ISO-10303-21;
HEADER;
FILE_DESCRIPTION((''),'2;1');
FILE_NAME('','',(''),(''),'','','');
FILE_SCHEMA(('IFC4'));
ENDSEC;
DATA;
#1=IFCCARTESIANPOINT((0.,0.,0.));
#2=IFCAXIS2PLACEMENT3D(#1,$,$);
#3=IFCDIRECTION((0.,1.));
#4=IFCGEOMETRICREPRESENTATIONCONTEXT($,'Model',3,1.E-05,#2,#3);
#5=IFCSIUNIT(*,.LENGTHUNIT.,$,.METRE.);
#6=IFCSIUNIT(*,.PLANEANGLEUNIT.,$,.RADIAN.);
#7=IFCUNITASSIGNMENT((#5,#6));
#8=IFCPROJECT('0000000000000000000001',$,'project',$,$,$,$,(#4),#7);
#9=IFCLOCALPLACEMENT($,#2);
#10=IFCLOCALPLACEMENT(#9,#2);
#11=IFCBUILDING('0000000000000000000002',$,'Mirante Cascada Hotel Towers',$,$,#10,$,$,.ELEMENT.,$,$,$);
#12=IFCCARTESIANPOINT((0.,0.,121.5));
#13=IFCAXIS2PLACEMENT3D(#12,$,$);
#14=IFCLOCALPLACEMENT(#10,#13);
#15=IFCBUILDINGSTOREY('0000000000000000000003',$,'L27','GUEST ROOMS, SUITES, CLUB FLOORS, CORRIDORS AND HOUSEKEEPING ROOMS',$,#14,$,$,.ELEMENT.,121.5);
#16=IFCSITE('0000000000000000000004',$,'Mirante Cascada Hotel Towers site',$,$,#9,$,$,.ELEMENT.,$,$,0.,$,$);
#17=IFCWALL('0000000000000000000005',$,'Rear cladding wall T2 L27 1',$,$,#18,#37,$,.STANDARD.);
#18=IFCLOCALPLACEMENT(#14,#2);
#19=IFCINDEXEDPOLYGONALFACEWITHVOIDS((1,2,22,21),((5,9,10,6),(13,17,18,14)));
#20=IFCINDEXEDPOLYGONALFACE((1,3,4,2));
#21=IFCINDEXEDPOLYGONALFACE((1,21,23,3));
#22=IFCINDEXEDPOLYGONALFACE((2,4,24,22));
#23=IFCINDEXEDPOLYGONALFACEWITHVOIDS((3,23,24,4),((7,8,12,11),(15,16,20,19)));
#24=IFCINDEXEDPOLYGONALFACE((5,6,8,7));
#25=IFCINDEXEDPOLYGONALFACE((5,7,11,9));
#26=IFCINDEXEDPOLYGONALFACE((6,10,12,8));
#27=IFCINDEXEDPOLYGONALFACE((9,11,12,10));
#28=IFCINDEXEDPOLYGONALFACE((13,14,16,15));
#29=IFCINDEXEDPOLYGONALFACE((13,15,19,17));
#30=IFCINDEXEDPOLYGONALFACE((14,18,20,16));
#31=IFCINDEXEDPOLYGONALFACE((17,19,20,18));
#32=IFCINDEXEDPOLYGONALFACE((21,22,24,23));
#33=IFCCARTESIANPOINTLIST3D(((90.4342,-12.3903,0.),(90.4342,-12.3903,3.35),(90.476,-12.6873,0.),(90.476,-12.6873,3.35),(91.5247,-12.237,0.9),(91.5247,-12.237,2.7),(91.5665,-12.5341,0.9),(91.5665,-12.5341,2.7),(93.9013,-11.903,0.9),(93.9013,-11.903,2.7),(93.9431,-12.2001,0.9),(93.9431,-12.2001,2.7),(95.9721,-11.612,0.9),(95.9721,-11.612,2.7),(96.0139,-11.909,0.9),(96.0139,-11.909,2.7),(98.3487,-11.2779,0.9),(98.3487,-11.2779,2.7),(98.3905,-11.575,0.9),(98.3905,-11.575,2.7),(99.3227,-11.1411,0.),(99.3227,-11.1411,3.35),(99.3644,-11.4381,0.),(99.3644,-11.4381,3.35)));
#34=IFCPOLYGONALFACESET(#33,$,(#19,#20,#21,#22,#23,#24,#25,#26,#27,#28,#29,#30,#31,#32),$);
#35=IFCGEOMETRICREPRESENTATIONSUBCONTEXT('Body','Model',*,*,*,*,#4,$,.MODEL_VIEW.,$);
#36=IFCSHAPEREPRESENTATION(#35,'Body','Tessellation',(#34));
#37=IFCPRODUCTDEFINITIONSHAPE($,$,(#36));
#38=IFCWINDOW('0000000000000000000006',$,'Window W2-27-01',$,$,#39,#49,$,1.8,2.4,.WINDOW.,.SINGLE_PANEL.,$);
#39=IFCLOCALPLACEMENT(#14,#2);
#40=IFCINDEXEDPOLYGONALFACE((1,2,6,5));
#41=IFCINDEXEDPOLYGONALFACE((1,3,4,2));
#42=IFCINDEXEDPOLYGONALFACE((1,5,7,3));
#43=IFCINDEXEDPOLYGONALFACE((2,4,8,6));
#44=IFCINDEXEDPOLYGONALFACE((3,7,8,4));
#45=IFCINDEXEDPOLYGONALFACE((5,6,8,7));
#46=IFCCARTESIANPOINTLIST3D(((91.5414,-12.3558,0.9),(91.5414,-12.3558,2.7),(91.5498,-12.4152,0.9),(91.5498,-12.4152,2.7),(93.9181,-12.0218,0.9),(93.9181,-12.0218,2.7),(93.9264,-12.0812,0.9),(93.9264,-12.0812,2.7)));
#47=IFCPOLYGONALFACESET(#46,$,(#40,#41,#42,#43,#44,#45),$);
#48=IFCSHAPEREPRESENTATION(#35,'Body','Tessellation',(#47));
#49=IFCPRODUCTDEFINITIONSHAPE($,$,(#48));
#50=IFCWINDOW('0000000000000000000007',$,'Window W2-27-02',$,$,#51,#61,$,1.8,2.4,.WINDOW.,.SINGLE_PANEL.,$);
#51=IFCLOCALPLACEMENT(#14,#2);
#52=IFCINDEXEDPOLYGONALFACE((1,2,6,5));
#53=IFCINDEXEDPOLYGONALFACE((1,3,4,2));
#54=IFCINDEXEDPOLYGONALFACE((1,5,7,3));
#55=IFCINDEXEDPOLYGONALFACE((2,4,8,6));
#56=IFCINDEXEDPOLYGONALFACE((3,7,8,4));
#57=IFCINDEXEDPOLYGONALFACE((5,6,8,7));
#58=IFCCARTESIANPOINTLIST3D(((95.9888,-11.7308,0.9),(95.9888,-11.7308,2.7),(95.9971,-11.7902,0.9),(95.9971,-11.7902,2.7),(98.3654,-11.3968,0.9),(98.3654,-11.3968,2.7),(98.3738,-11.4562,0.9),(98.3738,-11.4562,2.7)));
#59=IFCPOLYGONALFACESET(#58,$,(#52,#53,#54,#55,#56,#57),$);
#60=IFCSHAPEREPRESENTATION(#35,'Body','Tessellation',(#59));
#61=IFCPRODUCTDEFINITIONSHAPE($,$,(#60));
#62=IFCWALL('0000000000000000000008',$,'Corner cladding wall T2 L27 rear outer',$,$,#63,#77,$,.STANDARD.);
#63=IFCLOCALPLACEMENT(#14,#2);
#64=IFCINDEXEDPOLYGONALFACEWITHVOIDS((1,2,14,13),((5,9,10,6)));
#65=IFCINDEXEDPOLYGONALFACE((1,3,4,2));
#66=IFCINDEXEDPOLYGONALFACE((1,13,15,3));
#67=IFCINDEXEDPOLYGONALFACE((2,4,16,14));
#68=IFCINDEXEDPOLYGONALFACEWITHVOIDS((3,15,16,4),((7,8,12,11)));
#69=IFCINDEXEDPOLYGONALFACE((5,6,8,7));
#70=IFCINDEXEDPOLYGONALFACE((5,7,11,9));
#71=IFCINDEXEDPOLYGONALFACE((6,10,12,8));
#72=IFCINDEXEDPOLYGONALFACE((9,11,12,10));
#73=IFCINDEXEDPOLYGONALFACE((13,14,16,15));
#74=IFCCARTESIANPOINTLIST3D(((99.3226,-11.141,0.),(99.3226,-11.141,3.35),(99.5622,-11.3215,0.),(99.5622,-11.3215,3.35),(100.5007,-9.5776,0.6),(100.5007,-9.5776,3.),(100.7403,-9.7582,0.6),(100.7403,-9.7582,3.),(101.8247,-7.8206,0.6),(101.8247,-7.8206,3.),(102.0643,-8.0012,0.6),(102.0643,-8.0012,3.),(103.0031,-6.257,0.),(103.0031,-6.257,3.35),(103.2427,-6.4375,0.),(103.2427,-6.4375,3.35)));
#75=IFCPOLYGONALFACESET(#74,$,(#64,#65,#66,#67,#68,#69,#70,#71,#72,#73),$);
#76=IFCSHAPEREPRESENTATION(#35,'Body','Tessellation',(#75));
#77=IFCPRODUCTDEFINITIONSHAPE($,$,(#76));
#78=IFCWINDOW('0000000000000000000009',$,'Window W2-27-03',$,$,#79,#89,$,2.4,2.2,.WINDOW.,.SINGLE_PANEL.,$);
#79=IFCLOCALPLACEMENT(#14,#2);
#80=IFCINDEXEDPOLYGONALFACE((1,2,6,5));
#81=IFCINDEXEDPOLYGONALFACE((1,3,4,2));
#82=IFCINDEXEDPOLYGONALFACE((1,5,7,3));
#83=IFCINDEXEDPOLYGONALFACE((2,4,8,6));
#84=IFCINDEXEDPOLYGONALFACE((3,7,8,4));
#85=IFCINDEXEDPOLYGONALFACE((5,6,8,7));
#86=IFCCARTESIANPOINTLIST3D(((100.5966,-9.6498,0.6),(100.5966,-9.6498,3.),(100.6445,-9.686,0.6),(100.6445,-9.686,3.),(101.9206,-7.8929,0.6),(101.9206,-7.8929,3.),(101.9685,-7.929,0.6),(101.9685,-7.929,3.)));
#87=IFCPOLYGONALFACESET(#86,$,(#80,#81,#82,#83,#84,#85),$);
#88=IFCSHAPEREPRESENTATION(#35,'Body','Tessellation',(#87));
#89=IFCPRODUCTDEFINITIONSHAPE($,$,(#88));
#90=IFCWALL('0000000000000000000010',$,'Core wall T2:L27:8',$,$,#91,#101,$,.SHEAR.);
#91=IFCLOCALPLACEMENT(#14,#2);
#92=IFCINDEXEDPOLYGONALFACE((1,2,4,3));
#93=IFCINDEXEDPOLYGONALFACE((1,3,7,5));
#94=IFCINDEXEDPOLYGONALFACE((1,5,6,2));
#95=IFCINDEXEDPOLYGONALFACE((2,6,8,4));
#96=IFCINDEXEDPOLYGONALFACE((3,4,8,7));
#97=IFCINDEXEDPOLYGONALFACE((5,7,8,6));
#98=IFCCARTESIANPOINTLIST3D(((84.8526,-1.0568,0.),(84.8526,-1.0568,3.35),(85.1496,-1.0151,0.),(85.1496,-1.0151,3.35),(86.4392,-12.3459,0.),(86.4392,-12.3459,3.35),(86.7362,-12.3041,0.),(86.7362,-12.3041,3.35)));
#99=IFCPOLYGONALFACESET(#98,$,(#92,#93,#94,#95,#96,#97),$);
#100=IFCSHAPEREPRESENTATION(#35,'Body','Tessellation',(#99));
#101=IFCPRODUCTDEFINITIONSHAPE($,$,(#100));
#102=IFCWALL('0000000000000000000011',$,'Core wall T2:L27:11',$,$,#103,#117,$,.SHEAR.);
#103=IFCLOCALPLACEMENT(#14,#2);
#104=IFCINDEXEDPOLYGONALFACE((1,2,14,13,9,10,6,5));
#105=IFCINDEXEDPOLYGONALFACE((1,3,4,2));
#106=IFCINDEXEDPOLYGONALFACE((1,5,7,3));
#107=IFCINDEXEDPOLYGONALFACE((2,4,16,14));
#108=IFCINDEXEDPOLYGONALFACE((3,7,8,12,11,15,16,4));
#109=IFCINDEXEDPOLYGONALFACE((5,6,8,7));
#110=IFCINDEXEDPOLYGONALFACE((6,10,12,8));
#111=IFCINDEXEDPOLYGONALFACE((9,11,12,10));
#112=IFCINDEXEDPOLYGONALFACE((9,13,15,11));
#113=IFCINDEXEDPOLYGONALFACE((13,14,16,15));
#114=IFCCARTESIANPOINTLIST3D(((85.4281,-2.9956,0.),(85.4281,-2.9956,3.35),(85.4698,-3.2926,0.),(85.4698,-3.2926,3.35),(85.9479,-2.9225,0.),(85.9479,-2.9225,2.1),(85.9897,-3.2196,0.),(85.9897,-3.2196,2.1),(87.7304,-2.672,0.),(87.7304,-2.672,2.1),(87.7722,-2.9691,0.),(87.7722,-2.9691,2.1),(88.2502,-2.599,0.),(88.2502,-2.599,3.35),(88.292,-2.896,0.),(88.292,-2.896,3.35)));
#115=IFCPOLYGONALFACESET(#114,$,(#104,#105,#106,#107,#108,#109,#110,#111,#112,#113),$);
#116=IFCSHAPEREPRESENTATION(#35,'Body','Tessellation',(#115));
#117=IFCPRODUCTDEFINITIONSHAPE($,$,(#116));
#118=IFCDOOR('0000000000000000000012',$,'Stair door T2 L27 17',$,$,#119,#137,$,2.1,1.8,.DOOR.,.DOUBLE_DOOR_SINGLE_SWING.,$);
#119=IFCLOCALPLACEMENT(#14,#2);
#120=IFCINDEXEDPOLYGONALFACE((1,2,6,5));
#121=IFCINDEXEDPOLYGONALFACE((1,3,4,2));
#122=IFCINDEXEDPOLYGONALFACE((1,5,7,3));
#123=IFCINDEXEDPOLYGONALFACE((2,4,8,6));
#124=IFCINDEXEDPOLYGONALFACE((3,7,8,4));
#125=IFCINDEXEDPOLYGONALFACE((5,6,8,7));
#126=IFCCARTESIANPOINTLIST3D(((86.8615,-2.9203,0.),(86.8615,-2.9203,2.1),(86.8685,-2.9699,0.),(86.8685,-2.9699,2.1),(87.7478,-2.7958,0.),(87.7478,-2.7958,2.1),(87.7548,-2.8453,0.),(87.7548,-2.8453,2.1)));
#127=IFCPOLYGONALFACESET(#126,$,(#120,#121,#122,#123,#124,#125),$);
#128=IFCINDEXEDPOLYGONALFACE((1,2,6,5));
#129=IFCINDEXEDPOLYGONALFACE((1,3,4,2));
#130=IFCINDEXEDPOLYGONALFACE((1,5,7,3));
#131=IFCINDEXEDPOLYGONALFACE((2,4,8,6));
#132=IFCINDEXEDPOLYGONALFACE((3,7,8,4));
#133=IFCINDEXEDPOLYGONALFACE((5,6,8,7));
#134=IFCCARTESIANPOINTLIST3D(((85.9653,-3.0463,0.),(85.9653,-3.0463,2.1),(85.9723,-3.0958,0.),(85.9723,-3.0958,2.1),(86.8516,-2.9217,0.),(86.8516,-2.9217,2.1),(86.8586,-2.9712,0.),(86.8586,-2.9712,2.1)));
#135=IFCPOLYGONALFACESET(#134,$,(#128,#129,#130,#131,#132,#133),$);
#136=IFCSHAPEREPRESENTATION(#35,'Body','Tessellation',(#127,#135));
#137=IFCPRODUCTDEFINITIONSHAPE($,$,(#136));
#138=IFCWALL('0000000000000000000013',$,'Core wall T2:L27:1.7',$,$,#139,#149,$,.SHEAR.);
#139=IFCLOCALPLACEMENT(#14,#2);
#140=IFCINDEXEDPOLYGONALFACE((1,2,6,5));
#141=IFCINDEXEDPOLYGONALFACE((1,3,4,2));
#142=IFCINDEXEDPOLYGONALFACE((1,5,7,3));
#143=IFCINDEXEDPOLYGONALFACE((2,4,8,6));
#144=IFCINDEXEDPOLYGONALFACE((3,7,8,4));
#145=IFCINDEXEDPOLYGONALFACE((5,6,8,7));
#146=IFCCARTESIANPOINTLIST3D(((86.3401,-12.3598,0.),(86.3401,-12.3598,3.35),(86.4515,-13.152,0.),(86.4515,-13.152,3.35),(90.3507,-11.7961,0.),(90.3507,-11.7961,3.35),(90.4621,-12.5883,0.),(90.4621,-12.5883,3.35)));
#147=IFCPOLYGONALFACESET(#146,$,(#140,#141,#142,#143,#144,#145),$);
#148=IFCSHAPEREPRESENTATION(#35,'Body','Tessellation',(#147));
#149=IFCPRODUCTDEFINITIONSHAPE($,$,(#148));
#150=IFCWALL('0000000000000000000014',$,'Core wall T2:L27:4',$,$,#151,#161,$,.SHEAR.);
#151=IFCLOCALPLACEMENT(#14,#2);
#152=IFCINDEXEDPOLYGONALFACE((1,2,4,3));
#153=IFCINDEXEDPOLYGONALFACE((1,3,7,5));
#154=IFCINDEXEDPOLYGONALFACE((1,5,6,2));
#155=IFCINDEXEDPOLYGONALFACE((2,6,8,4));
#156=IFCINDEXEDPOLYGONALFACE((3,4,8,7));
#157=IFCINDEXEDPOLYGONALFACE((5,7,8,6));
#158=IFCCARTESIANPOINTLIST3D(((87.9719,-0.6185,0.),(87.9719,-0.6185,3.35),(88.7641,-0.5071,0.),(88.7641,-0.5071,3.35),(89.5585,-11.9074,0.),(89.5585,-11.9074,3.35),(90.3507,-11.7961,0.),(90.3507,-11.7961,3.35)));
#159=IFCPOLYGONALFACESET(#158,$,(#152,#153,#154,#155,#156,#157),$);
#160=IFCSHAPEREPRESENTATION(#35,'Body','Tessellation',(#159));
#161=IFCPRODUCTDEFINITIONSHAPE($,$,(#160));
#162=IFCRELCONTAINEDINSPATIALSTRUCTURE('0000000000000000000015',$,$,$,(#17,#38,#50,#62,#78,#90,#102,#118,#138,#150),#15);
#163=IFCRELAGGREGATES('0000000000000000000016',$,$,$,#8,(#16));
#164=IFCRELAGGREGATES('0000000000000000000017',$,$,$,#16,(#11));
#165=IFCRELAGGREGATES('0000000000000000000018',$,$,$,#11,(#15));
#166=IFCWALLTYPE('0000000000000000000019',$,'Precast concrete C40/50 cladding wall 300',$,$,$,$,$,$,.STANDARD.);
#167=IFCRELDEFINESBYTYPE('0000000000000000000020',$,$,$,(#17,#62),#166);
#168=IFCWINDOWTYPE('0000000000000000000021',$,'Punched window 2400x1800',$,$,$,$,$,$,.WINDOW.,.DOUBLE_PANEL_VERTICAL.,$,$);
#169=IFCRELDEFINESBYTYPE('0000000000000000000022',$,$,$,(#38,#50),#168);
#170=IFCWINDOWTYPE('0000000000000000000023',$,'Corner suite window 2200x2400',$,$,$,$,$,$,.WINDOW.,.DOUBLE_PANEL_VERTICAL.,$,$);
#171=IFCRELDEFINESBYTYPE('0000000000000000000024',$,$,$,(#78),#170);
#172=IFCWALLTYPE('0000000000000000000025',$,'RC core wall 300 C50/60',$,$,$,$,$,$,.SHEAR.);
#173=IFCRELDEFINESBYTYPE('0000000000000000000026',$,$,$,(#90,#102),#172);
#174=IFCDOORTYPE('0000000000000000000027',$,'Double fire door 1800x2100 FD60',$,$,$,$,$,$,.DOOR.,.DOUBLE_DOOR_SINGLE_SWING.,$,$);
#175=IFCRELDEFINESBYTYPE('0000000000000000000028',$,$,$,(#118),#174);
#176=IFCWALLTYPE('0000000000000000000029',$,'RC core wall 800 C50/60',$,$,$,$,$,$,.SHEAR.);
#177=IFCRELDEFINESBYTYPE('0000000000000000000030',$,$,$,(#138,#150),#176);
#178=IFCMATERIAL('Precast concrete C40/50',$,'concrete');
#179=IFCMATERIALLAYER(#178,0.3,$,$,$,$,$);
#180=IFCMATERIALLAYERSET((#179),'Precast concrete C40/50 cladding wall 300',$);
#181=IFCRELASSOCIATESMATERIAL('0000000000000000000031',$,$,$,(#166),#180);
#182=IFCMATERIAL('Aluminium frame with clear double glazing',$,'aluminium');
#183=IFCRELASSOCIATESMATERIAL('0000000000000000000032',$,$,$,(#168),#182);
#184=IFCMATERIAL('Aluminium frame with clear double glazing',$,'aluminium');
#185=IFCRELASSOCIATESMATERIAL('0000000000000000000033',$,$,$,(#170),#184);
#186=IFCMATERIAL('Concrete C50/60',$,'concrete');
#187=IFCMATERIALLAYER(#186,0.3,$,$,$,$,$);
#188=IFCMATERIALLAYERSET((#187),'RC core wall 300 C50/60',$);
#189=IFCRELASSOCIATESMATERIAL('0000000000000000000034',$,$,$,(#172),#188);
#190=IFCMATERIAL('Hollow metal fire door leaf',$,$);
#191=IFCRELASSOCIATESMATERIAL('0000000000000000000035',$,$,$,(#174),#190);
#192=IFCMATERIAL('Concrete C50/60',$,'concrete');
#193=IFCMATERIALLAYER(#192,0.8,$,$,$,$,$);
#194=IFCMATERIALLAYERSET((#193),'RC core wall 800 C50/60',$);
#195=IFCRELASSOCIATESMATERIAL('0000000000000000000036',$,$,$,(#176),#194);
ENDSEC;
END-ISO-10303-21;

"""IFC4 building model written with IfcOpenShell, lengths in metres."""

from ifc_helpers import new_model, si_unit, direction, frame, frame_2d, origin, place, context, subcontext, project, spatial, rectangle, extrude, material, layer, layer_set, type_object, element, fill, save


model = new_model("IFC4")

# Units and contexts
model_context = context("Model", 3, precision=1e-05, world=origin(), true_north=direction((0.0, 1.0)))
body_context = subcontext(model_context, "Body", "Model", "MODEL_VIEW")
ifc_project = project(units=[si_unit("LENGTHUNIT", "METRE"), si_unit("PLANEANGLEUNIT", "RADIAN")], contexts=[model_context])

# Site, building, storey
site_placement = place(None, origin())
site = spatial("IfcSite", under=ifc_project, at=site_placement, Name="Mirante Cascada Hotel Towers site", CompositionType="ELEMENT", RefElevation=0.0)
building_placement = place(site_placement, origin())
building = spatial("IfcBuilding", under=site, at=building_placement, Name="Mirante Cascada Hotel Towers", CompositionType="ELEMENT")
storey_placement = place(building_placement, frame((0.0, 0.0, 121.5)))
storey = spatial("IfcBuildingStorey", under=building, at=storey_placement, Name="L27", Description="GUEST ROOMS, SUITES, CLUB FLOORS, CORRIDORS AND HOUSEKEEPING ROOMS", CompositionType="ELEMENT", Elevation=121.5)

# Wall, openings, windows
ifc_material_1 = material(Name="Precast concrete C40/50", Category="concrete")
ifc_layer_1 = layer(ifc_material_1, 0.3)
ifc_layer_set_1 = layer_set([ifc_layer_1], Name="Precast concrete C40/50 cladding wall 300")
wall_type_1 = type_object("IfcWallType", Name="Precast concrete C40/50 cladding wall 300", PredefinedType="STANDARD", material=ifc_layer_set_1)
wall_1_placement = place(storey_placement, frame((90.4551, -12.5388, 0.0), z_axis=(0.0, 0.0, 1.0), x_axis=(0.990268, 0.139175, 0.0)))
wall_1 = element("IfcWall", 1, at=wall_1_placement, inside=storey, type_object=wall_type_1, Name="Rear cladding wall T2 L27 1", PredefinedType="STANDARD", context=body_context, shape_type="SweptSolid", body=[
    extrude(rectangle(XDim=8.9758, YDim=0.3, at=frame_2d((4.4879, 0.0))), origin(), (0.0, 0.0, 1.0), 3.35),
])
opening_1_placement = place(wall_1_placement, frame((1.1012, 0.0, 0.9)))
opening_1 = element("IfcOpeningElement", 2, at=opening_1_placement, cuts=wall_1, PredefinedType="OPENING", context=body_context, shape_type="SweptSolid", body=[
    extrude(rectangle(XDim=2.4, YDim=1.8, at=frame_2d((1.2, 0.9))), frame((0.0, 0.15, 0.0), z_axis=(0.0, -1.0, 0.0), x_axis=(1.0, 0.0, 0.0)), (0.0, 0.0, 1.0), 0.3),
])
opening_2_placement = place(wall_1_placement, frame((5.5923, 0.0, 0.9)))
opening_2 = element("IfcOpeningElement", 3, at=opening_2_placement, cuts=wall_1, PredefinedType="OPENING", context=body_context, shape_type="SweptSolid", body=[
    extrude(rectangle(XDim=2.4, YDim=1.8, at=frame_2d((1.2, 0.9))), frame((0.0, 0.15, 0.0), z_axis=(0.0, -1.0, 0.0), x_axis=(1.0, 0.0, 0.0)), (0.0, 0.0, 1.0), 0.3),
])
ifc_material_2 = material(Name="Aluminium frame with clear double glazing", Category="aluminium")
window_type_1 = type_object("IfcWindowType", Name="Punched window 2400x1800", PartitioningType="DOUBLE_PANEL_VERTICAL", PredefinedType="WINDOW", material=ifc_material_2)
window_1_placement = place(opening_1_placement, origin())
window_1 = element("IfcWindow", 4, at=window_1_placement, inside=storey, type_object=window_type_1, Name="Window W2-27-01", OverallHeight=1.8, OverallWidth=2.4, PartitioningType="SINGLE_PANEL", PredefinedType="WINDOW", context=body_context, shape_type="SweptSolid", body=[
    extrude(rectangle(XDim=2.4, YDim=1.8, at=frame_2d((1.2, 0.9))), frame((0.0, 0.03, 0.0), z_axis=(0.0, -1.0, 0.0), x_axis=(1.0, 0.0, 0.0)), (0.0, 0.0, 1.0), 0.06),
])
fill(opening_1, window_1)
window_2_placement = place(opening_2_placement, origin())
window_2 = element("IfcWindow", 5, at=window_2_placement, inside=storey, type_object=window_type_1, Name="Window W2-27-02", OverallHeight=1.8, OverallWidth=2.4, PartitioningType="SINGLE_PANEL", PredefinedType="WINDOW", context=body_context, shape_type="SweptSolid", body=[
    extrude(rectangle(XDim=2.4, YDim=1.8, at=frame_2d((1.2, 0.9))), frame((0.0, 0.03, 0.0), z_axis=(0.0, -1.0, 0.0), x_axis=(1.0, 0.0, 0.0)), (0.0, 0.0, 1.0), 0.06),
])
fill(opening_2, window_2)

# Wall, opening, window
wall_2_placement = place(storey_placement, frame((99.4424, -11.2313, 0.0), z_axis=(0.0, 0.0, 1.0), x_axis=(0.601819, 0.798632, 0.0)))
wall_2 = element("IfcWall", 6, at=wall_2_placement, inside=storey, type_object=wall_type_1, Name="Corner cladding wall T2 L27 rear outer", PredefinedType="STANDARD", context=body_context, shape_type="SweptSolid", body=[
    extrude(rectangle(XDim=6.1155, YDim=0.3, at=frame_2d((3.0578, 0.0))), origin(), (0.0, 0.0, 1.0), 3.35),
])
opening_3_placement = place(wall_2_placement, frame((1.9576, 0.0, 0.6)))
opening_3 = element("IfcOpeningElement", 7, at=opening_3_placement, cuts=wall_2, PredefinedType="OPENING", context=body_context, shape_type="SweptSolid", body=[
    extrude(rectangle(XDim=2.2, YDim=2.4, at=frame_2d((1.1, 1.2))), frame((0.0, 0.15, 0.0), z_axis=(0.0, -1.0, 0.0), x_axis=(1.0, 0.0, 0.0)), (0.0, 0.0, 1.0), 0.3),
])
ifc_material_3 = material(Name="Aluminium frame with clear double glazing", Category="aluminium")
window_type_2 = type_object("IfcWindowType", Name="Corner suite window 2200x2400", PartitioningType="DOUBLE_PANEL_VERTICAL", PredefinedType="WINDOW", material=ifc_material_3)
window_3_placement = place(opening_3_placement, origin())
window_3 = element("IfcWindow", 8, at=window_3_placement, inside=storey, type_object=window_type_2, Name="Window W2-27-03", OverallHeight=2.4, OverallWidth=2.2, PartitioningType="SINGLE_PANEL", PredefinedType="WINDOW", context=body_context, shape_type="SweptSolid", body=[
    extrude(rectangle(XDim=2.2, YDim=2.4, at=frame_2d((1.1, 1.2))), frame((0.0, 0.03, 0.0), z_axis=(0.0, -1.0, 0.0), x_axis=(1.0, 0.0, 0.0)), (0.0, 0.0, 1.0), 0.06),
])
fill(opening_3, window_3)

# Wall
ifc_material_4 = material(Name="Concrete C50/60", Category="concrete")
ifc_layer_2 = layer(ifc_material_4, 0.3)
ifc_layer_set_2 = layer_set([ifc_layer_2], Name="RC core wall 300 C50/60")
wall_type_2 = type_object("IfcWallType", Name="RC core wall 300 C50/60", PredefinedType="SHEAR", material=ifc_layer_set_2)
wall_3_placement = place(storey_placement, frame((86.5877, -12.325, 0.0), z_axis=(0.0, 0.0, 1.0), x_axis=(-0.139175, 0.990268, 0.0)))
element("IfcWall", 9, at=wall_3_placement, inside=storey, type_object=wall_type_2, Name="Core wall T2:L27:8", PredefinedType="SHEAR", context=body_context, shape_type="SweptSolid", body=[
    extrude(rectangle(XDim=11.4, YDim=0.3, at=frame_2d((5.7, 0.0))), origin(), (0.0, 0.0, 1.0), 3.35),
])

# Wall, opening, door
wall_4_placement = place(storey_placement, frame((85.4489, -3.1441, 0.0), z_axis=(0.0, 0.0, 1.0), x_axis=(0.99027, 0.139161, 0.0)))
wall_4 = element("IfcWall", 10, at=wall_4_placement, inside=storey, type_object=wall_type_2, Name="Core wall T2:L27:11", PredefinedType="SHEAR", context=body_context, shape_type="SweptSolid", body=[
    extrude(rectangle(XDim=2.8499, YDim=0.3, at=frame_2d((1.425, 0.0))), origin(), (0.0, 0.0, 1.0), 3.35),
])
opening_4_placement = place(wall_4_placement, frame((0.525, 0.0, 0.0)))
opening_4 = element("IfcOpeningElement", 11, at=opening_4_placement, cuts=wall_4, PredefinedType="OPENING", context=body_context, shape_type="SweptSolid", body=[
    extrude(rectangle(XDim=1.8, YDim=2.1, at=frame_2d((0.9, 1.05))), frame((0.0, 0.15, 0.0), z_axis=(0.0, -1.0, 0.0), x_axis=(1.0, 0.0, 0.0)), (0.0, 0.0, 1.0), 0.3),
])
ifc_material_5 = material(Name="Hollow metal fire door leaf")
door_type_1 = type_object("IfcDoorType", Name="Double fire door 1800x2100 FD60", OperationType="DOUBLE_DOOR_SINGLE_SWING", PredefinedType="DOOR", material=ifc_material_5)
door_1_placement = place(opening_4_placement, frame((1.8, 0.0, 0.0), z_axis=(0.0, 0.0, 1.0), x_axis=(-1.0, 0.0, 0.0)))
door_1 = element("IfcDoor", 12, at=door_1_placement, inside=storey, type_object=door_type_1, Name="Stair door T2 L27 17", OperationType="DOUBLE_DOOR_SINGLE_SWING", OverallHeight=2.1, OverallWidth=1.8, PredefinedType="DOOR", context=body_context, shape_type="SweptSolid", body=[
    extrude(rectangle(XDim=0.895, YDim=2.1, at=frame_2d((0.4475, 1.05))), frame((0.0, 0.025, 0.0), z_axis=(0.0, -1.0, 0.0), x_axis=(1.0, 0.0, 0.0)), (0.0, 0.0, 1.0), 0.05),
    extrude(rectangle(XDim=0.895, YDim=2.1, at=frame_2d((1.3525, 1.05))), frame((0.0, 0.025, 0.0), z_axis=(0.0, -1.0, 0.0), x_axis=(1.0, 0.0, 0.0)), (0.0, 0.0, 1.0), 0.05),
])
fill(opening_4, door_1)

# Walls
ifc_material_6 = material(Name="Concrete C50/60", Category="concrete")
ifc_layer_3 = layer(ifc_material_6, 0.8)
ifc_layer_set_3 = layer_set([ifc_layer_3], Name="RC core wall 800 C50/60")
wall_type_3 = type_object("IfcWallType", Name="RC core wall 800 C50/60", PredefinedType="SHEAR", material=ifc_layer_set_3)
wall_5_placement = place(storey_placement, frame((86.3958, -12.7559, 0.0), z_axis=(0.0, 0.0, 1.0), x_axis=(0.990267, 0.139184, 0.0)))
element("IfcWall", 13, at=wall_5_placement, inside=storey, type_object=wall_type_3, Name="Core wall T2:L27:1.7", PredefinedType="SHEAR", context=body_context, shape_type="SweptSolid", body=[
    extrude(rectangle(XDim=4.05, YDim=0.8, at=frame_2d((2.025, 0.0))), origin(), (0.0, 0.0, 1.0), 3.35),
])
wall_6_placement = place(storey_placement, frame((89.9546, -11.8518, 0.0), z_axis=(0.0, 0.0, 1.0), x_axis=(-0.139176, 0.990268, 0.0)))
element("IfcWall", 14, at=wall_6_placement, inside=storey, type_object=wall_type_3, Name="Core wall T2:L27:4", PredefinedType="SHEAR", context=body_context, shape_type="SweptSolid", body=[
    extrude(rectangle(XDim=11.3999, YDim=0.8, at=frame_2d((5.7, 0.0))), origin(), (0.0, 0.0, 1.0), 3.35),
])

save(model, "model.ifc")
